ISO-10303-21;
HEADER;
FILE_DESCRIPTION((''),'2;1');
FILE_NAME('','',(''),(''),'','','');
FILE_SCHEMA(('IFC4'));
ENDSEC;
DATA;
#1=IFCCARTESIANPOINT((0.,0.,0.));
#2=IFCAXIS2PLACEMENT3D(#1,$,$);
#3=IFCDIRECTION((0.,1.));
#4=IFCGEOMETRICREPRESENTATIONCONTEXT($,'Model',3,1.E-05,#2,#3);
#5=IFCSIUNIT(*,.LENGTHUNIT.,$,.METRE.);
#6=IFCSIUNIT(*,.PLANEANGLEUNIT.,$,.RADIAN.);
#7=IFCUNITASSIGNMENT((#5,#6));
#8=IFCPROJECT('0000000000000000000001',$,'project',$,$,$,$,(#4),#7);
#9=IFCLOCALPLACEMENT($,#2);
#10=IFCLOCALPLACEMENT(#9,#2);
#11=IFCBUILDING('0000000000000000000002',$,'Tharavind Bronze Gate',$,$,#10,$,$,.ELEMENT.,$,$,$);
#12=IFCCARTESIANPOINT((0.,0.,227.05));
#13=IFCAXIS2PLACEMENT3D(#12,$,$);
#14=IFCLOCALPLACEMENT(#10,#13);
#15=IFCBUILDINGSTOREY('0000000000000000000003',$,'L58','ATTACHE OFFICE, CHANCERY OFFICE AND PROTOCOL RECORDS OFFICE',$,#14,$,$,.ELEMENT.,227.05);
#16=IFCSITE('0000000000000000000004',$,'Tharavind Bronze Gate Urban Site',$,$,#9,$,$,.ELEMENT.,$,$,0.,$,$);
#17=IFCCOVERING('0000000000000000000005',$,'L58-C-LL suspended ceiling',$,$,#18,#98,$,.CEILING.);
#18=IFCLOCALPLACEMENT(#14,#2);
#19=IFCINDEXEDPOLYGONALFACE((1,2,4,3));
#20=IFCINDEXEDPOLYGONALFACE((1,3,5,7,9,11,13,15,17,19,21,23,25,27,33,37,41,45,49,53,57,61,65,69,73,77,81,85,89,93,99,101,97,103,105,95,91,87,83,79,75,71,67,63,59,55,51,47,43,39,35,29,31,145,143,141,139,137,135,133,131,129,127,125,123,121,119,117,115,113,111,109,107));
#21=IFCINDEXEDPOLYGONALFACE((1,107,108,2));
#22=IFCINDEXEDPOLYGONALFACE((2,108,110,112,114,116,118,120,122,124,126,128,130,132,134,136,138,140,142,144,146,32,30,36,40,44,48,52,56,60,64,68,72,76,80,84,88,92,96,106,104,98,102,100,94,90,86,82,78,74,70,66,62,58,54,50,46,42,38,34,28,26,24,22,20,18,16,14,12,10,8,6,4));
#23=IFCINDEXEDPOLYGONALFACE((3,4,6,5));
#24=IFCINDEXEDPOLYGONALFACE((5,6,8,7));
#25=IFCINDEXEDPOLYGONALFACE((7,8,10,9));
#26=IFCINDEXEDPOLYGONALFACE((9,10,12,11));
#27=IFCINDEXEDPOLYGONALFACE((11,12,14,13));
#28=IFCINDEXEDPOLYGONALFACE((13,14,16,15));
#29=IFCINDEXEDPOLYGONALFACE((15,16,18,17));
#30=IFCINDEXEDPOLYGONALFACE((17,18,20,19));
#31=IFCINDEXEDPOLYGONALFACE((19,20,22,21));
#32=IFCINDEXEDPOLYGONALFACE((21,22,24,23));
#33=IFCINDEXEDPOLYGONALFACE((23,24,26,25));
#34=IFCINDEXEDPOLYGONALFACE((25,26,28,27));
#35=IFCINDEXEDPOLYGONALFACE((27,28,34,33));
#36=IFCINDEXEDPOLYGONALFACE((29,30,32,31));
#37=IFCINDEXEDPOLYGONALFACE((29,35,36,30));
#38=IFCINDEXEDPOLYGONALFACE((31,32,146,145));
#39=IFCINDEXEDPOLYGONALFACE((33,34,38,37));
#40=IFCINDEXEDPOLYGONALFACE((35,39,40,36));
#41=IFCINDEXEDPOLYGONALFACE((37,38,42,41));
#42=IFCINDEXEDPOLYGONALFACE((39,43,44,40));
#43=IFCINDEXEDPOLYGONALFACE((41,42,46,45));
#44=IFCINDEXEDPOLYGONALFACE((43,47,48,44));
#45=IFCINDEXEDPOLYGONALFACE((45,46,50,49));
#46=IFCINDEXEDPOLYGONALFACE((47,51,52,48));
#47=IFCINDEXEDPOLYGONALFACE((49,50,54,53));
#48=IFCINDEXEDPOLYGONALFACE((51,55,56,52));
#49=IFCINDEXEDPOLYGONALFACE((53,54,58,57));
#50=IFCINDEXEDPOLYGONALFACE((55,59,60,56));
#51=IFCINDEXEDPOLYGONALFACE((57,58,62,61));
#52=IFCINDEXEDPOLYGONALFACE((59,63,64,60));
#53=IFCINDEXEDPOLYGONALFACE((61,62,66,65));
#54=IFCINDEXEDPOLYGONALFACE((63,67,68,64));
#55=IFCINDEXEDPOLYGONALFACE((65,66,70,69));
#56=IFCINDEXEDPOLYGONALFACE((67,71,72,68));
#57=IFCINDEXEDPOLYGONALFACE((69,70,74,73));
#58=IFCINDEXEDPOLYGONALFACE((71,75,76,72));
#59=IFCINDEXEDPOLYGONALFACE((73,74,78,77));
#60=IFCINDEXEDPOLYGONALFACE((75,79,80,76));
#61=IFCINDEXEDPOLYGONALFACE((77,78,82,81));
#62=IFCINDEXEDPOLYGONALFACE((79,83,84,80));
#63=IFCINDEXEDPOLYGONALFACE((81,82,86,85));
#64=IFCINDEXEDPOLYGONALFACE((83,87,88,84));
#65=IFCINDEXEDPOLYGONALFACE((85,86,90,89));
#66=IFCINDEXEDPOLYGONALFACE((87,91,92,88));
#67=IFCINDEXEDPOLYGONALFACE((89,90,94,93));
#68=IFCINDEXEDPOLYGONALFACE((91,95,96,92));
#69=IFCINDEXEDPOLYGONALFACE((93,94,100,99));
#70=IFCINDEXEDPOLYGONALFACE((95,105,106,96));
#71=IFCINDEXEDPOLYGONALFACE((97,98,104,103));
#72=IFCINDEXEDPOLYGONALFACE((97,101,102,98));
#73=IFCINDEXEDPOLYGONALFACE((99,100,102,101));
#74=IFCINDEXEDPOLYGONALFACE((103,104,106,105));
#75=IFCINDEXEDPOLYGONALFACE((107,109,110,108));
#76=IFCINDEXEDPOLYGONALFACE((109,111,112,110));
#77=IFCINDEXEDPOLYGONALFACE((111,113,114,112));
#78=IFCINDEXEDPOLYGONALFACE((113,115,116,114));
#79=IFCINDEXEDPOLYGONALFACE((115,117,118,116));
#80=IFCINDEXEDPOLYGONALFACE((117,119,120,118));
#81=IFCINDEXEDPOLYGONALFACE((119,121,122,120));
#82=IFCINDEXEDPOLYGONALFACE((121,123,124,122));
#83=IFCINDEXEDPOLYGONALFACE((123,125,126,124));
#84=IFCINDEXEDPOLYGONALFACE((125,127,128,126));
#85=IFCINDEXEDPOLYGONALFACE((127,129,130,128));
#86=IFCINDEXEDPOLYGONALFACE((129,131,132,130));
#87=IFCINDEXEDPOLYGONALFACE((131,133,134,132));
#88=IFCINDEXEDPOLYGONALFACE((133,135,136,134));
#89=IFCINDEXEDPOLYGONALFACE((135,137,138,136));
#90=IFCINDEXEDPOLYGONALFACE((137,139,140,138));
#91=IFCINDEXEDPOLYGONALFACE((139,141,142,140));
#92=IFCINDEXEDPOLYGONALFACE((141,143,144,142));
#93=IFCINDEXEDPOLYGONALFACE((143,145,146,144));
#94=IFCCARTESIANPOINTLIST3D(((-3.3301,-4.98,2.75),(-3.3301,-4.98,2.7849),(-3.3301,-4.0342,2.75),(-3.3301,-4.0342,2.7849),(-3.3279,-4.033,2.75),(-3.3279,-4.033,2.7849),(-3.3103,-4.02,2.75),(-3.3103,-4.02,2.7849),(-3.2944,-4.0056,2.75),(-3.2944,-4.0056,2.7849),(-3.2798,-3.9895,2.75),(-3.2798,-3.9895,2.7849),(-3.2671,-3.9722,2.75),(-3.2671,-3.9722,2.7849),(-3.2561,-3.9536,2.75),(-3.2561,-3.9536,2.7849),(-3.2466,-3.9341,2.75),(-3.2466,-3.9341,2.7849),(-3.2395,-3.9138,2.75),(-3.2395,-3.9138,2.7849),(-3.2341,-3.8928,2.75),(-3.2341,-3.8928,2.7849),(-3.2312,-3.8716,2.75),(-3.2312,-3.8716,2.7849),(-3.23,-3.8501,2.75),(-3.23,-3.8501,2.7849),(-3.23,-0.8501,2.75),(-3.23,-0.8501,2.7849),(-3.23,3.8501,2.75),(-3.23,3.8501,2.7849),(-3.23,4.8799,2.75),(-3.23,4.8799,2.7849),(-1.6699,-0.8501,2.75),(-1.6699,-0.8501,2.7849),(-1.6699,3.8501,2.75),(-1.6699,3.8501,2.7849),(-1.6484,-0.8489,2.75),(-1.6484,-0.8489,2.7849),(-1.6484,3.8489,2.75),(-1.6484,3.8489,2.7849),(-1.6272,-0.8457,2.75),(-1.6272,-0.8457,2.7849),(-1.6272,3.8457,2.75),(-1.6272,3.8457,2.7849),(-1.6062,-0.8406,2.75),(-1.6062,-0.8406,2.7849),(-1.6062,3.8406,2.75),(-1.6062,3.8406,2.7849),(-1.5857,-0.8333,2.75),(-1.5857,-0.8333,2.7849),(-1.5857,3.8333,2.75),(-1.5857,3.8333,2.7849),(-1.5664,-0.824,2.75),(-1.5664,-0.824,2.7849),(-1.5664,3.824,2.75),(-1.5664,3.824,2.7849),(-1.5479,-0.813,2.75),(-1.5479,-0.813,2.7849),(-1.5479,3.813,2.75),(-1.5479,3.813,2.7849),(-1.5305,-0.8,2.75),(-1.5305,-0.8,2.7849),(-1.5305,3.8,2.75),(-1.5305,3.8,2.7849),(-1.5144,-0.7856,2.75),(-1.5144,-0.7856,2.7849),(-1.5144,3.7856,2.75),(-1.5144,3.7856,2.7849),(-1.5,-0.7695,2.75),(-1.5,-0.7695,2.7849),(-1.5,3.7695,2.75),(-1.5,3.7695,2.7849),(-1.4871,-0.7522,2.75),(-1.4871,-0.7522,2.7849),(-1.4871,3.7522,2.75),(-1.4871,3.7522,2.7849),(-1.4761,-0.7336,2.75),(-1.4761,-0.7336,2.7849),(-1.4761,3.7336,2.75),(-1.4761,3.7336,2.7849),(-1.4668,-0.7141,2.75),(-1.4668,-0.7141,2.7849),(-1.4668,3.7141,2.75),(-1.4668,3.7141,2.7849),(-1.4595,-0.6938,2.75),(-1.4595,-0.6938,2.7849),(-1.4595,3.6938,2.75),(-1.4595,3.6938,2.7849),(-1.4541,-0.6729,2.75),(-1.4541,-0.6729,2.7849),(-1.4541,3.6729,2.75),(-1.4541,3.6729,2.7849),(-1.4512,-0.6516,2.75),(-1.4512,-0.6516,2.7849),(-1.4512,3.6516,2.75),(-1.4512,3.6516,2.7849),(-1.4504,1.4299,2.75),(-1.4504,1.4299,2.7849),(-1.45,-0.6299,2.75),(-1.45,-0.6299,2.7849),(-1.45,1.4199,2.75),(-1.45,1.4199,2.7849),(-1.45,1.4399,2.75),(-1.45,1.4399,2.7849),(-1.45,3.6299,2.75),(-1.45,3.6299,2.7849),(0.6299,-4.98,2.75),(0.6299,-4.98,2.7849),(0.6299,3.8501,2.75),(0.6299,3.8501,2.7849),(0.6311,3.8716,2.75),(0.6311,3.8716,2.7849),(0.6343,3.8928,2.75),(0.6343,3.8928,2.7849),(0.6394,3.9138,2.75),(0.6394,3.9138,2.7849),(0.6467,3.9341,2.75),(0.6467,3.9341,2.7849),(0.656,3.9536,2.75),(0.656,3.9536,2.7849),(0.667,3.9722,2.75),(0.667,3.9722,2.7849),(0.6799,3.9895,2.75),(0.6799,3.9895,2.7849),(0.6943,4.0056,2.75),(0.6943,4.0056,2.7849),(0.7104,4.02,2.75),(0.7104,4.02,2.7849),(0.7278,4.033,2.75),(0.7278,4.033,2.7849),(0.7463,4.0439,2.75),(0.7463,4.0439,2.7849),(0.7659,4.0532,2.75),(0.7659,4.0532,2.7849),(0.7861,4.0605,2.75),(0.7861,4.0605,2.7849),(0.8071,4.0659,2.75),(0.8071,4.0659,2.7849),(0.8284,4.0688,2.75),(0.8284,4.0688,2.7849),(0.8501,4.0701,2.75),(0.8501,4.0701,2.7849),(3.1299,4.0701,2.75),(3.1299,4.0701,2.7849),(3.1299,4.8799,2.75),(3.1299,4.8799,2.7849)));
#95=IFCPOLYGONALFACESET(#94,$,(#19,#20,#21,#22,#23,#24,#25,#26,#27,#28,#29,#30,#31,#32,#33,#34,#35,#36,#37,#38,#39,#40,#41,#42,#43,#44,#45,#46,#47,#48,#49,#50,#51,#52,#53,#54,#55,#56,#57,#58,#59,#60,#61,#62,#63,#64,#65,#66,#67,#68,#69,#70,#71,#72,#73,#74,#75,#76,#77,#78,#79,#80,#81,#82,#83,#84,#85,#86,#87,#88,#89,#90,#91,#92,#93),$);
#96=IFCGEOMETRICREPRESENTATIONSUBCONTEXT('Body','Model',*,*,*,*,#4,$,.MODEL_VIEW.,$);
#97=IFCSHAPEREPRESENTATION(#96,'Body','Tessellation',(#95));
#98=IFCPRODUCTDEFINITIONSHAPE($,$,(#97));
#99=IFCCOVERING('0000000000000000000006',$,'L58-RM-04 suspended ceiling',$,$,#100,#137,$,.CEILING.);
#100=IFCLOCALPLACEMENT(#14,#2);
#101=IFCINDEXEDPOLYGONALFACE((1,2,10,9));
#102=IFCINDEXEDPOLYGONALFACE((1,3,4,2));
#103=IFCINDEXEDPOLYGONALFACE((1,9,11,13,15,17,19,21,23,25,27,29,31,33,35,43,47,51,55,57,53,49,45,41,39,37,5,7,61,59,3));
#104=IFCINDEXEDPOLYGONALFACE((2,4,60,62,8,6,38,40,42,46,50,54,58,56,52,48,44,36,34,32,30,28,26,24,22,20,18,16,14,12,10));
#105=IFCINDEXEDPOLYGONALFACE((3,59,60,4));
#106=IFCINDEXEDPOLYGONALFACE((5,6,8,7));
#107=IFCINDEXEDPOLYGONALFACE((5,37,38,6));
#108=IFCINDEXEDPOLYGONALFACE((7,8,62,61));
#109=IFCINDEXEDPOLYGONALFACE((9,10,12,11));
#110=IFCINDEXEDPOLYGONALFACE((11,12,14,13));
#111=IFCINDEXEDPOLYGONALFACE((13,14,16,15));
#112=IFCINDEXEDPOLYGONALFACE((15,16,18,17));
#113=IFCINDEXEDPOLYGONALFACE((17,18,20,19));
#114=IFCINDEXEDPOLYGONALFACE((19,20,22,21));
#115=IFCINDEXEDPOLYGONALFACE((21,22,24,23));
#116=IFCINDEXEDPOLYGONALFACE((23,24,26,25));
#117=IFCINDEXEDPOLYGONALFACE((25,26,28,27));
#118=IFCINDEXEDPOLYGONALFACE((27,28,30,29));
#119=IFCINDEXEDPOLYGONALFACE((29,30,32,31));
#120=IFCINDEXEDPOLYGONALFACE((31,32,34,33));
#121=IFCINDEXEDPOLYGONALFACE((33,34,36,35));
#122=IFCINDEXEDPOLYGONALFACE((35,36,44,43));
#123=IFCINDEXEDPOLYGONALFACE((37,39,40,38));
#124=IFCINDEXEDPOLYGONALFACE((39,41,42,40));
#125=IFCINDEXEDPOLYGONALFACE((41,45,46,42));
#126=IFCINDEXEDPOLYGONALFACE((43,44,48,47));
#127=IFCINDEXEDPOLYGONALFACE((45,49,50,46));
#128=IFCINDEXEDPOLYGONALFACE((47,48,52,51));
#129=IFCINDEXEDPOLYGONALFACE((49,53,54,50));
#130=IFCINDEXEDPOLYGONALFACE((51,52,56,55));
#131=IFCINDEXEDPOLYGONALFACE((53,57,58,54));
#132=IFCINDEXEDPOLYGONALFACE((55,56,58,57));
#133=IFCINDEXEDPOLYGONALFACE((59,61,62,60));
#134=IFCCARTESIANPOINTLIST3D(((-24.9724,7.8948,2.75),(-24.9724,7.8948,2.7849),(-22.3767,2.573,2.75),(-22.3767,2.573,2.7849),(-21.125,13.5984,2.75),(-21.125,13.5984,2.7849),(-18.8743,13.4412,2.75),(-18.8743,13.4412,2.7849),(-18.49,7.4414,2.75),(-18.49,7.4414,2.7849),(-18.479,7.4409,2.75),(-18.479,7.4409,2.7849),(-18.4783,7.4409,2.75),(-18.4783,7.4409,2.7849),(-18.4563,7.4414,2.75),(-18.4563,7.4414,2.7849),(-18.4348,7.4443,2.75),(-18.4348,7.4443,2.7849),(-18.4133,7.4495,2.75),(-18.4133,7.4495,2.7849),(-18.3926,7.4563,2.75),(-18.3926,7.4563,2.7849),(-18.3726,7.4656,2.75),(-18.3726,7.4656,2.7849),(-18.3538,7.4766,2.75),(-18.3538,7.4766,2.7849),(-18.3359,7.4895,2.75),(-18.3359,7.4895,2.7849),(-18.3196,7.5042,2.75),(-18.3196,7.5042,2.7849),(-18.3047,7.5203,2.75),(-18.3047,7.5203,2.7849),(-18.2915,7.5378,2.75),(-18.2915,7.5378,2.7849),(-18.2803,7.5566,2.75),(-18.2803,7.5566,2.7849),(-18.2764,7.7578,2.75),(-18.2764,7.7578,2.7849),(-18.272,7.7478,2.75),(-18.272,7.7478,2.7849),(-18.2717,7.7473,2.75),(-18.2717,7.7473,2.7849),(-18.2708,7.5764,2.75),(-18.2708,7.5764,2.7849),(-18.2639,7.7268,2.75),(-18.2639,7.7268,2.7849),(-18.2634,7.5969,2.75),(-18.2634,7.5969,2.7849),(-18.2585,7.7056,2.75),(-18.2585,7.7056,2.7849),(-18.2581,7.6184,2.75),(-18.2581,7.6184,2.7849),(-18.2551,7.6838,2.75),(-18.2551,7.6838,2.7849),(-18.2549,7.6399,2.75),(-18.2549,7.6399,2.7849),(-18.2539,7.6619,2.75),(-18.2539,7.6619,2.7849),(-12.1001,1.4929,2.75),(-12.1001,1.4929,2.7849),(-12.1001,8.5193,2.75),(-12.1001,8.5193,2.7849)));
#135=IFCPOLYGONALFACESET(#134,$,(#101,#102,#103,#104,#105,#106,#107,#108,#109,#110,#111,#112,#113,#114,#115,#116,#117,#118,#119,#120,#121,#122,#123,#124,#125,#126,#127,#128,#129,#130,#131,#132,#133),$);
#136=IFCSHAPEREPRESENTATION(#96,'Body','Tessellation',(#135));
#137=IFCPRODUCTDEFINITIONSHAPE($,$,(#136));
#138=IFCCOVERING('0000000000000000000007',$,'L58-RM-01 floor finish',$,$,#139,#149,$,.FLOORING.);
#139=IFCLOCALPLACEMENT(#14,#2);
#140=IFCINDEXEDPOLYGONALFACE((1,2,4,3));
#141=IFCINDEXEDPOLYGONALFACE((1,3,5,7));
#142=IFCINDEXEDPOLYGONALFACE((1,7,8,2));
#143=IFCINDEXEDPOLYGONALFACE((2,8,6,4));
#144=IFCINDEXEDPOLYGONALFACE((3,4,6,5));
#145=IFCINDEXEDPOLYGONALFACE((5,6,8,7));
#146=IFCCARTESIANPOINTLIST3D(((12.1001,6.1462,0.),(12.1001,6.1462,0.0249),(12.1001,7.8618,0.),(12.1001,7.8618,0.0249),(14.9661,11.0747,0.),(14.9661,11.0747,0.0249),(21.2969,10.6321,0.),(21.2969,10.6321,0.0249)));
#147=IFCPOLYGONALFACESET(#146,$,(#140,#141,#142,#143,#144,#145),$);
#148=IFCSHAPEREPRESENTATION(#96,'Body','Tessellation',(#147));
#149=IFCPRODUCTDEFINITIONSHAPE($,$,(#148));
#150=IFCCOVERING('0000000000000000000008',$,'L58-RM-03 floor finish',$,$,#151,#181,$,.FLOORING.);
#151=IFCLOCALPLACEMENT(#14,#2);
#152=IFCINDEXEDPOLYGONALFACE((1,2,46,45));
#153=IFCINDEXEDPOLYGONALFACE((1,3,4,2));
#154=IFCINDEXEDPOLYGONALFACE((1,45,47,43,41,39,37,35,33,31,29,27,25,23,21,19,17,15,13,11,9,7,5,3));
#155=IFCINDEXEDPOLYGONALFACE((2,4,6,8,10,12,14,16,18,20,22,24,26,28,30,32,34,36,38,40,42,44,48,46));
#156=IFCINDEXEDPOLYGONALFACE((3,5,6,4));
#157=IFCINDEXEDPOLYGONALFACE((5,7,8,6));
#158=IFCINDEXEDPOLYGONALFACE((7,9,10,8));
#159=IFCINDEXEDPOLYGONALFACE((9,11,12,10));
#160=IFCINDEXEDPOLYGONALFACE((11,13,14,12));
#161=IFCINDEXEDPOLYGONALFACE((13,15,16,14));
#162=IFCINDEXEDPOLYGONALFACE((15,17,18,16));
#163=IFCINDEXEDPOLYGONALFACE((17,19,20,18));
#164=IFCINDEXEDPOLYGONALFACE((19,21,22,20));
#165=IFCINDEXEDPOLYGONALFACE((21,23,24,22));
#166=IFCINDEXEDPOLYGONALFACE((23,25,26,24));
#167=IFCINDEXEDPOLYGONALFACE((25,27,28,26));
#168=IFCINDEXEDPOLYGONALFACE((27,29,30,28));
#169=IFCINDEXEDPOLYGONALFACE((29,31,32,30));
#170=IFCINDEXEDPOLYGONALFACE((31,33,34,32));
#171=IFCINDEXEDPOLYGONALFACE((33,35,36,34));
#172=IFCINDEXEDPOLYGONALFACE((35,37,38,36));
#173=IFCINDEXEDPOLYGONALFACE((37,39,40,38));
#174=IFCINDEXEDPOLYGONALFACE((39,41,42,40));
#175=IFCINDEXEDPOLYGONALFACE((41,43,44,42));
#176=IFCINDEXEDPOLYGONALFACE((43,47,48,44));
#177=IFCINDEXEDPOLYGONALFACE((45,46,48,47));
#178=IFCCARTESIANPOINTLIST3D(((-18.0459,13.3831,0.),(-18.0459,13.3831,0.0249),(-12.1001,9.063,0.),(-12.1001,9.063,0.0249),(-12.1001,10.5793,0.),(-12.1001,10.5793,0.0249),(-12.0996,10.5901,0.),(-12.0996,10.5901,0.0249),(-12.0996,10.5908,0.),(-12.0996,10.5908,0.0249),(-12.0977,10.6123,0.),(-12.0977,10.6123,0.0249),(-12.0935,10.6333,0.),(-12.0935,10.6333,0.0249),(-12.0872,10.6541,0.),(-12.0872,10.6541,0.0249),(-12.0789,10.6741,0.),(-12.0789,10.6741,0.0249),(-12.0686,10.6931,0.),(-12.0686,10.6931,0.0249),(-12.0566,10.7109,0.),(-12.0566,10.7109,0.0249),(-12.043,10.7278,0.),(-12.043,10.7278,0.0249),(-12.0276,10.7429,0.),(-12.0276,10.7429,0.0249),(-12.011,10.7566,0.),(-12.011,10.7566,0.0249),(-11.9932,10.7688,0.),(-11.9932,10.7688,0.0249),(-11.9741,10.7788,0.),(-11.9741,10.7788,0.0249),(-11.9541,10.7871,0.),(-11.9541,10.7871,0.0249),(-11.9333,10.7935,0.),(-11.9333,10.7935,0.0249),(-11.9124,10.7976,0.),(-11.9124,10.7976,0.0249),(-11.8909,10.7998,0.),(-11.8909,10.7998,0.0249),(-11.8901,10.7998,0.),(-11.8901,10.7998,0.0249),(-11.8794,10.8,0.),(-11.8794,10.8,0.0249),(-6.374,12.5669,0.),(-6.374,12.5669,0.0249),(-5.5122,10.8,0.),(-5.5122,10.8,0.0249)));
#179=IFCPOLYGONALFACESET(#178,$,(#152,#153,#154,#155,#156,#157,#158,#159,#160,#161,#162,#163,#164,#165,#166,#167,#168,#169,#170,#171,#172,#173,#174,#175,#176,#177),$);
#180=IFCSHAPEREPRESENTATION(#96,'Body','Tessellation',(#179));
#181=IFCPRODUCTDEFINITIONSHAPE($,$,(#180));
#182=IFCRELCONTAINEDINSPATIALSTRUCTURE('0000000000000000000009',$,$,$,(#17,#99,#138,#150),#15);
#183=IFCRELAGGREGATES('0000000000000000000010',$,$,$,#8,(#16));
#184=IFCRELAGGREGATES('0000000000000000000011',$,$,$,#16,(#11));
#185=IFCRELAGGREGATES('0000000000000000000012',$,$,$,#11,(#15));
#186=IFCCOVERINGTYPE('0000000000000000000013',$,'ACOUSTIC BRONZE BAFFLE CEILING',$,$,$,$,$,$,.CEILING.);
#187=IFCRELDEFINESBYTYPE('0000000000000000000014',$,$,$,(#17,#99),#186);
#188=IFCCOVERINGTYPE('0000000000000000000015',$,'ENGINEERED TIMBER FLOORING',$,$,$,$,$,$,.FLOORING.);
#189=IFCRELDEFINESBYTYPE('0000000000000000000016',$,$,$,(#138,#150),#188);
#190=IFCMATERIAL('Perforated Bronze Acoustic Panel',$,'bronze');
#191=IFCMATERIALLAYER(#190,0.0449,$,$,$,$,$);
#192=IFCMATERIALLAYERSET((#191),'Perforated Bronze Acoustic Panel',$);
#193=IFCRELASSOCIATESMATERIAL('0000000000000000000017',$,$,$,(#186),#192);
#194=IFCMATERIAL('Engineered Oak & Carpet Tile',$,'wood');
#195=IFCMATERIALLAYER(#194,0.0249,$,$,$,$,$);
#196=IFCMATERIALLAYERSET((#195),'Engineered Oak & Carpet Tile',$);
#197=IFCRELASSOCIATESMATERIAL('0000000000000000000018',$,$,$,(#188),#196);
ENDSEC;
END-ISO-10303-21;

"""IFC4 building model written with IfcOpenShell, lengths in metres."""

from ifc_helpers import new_model, si_unit, direction, frame, origin, place, context, subcontext, project, spatial, polyline, outline, extrude, material, layer, layer_set, type_object, element, save


model = new_model("IFC4")

# Units and contexts
model_context = context("Model", 3, precision=1e-05, world=origin(), true_north=direction((0.0, 1.0)))
body_context = subcontext(model_context, "Body", "Model", "MODEL_VIEW")
ifc_project = project(units=[si_unit("LENGTHUNIT", "METRE"), si_unit("PLANEANGLEUNIT", "RADIAN")], contexts=[model_context])

# Site, building, storey
site_placement = place(None, origin())
site = spatial("IfcSite", under=ifc_project, at=site_placement, Name="Tharavind Bronze Gate Urban Site", CompositionType="ELEMENT", RefElevation=0.0)
building_placement = place(site_placement, origin())
building = spatial("IfcBuilding", under=site, at=building_placement, Name="Tharavind Bronze Gate", CompositionType="ELEMENT")
storey_placement = place(building_placement, frame((0.0, 0.0, 227.05)))
storey = spatial("IfcBuildingStorey", under=building, at=storey_placement, Name="L58", Description="ATTACHE OFFICE, CHANCERY OFFICE AND PROTOCOL RECORDS OFFICE", CompositionType="ELEMENT", Elevation=227.05)

# Coverings
ifc_material_1 = material(Name="Perforated Bronze Acoustic Panel", Category="bronze")
ifc_layer_1 = layer(ifc_material_1, 0.0449)
ifc_layer_set_1 = layer_set([ifc_layer_1], Name="Perforated Bronze Acoustic Panel")
covering_type_1 = type_object("IfcCoveringType", Name="ACOUSTIC BRONZE BAFFLE CEILING", PredefinedType="CEILING", material=ifc_layer_set_1)
covering_1_placement = place(storey_placement, frame((0.0, 0.0, 2.75)))
element("IfcCovering", 1, at=covering_1_placement, inside=storey, type_object=covering_type_1, Name="L58-C-LL suspended ceiling", PredefinedType="CEILING", context=body_context, shape_type="SweptSolid", body=[
    extrude(outline(polyline([(-3.3301, -4.98), (0.6299, -4.98), (0.6299, 3.8501), (0.6311, 3.8716), (0.6343, 3.8928), (0.6394, 3.9138), (0.6467, 3.9341), (0.656, 3.9536), (0.667, 3.9722), (0.6799, 3.9895), (0.6943, 4.0056), (0.7104, 4.02), (0.7278, 4.033), (0.7463, 4.0439), (0.7659, 4.0532), (0.7861, 4.0605), (0.8071, 4.0659), (0.8284, 4.0688), (0.8501, 4.0701), (3.1299, 4.0701), (3.1299, 4.8799), (-3.23, 4.8799), (-3.23, 3.8501), (-1.6699, 3.8501), (-1.6484, 3.8489), (-1.6272, 3.8457), (-1.6062, 3.8406), (-1.5857, 3.8333), (-1.5664, 3.824), (-1.5479, 3.813), (-1.5305, 3.8), (-1.5144, 3.7856), (-1.5, 3.7695), (-1.4871, 3.7522), (-1.4761, 3.7336), (-1.4668, 3.7141), (-1.4595, 3.6938), (-1.4541, 3.6729), (-1.4512, 3.6516), (-1.45, 3.6299), (-1.45, 1.4399), (-1.4504, 1.4299), (-1.45, 1.4199), (-1.45, -0.6299), (-1.4512, -0.6516), (-1.4541, -0.6729), (-1.4595, -0.6938), (-1.4668, -0.7141), (-1.4761, -0.7336), (-1.4871, -0.7522), (-1.5, -0.7695), (-1.5144, -0.7856), (-1.5305, -0.8), (-1.5479, -0.813), (-1.5664, -0.824), (-1.5857, -0.8333), (-1.6062, -0.8406), (-1.6272, -0.8457), (-1.6484, -0.8489), (-1.6699, -0.8501), (-3.23, -0.8501), (-3.23, -3.8501), (-3.2312, -3.8716), (-3.2341, -3.8928), (-3.2395, -3.9138), (-3.2466, -3.9341), (-3.2561, -3.9536), (-3.2671, -3.9722), (-3.2798, -3.9895), (-3.2944, -4.0056), (-3.3103, -4.02), (-3.3279, -4.033), (-3.3301, -4.0342), (-3.3301, -4.98)])), origin(), (0.0, 0.0, 1.0), 0.0349),
])
covering_2_placement = place(storey_placement, frame((0.0, 0.0, 2.75)))
element("IfcCovering", 2, at=covering_2_placement, inside=storey, type_object=covering_type_1, Name="L58-RM-04 suspended ceiling", PredefinedType="CEILING", context=body_context, shape_type="SweptSolid", body=[
    extrude(outline(polyline([(-22.3767, 2.573), (-12.1001, 1.4929), (-12.1001, 8.5193), (-18.8743, 13.4412), (-21.125, 13.5984), (-18.2764, 7.7578), (-18.272, 7.7478), (-18.2717, 7.7473), (-18.2639, 7.7268), (-18.2585, 7.7056), (-18.2551, 7.6838), (-18.2539, 7.6619), (-18.2549, 7.6399), (-18.2581, 7.6184), (-18.2634, 7.5969), (-18.2708, 7.5764), (-18.2803, 7.5566), (-18.2915, 7.5378), (-18.3047, 7.5203), (-18.3196, 7.5042), (-18.3359, 7.4895), (-18.3538, 7.4766), (-18.3726, 7.4656), (-18.3926, 7.4563), (-18.4133, 7.4495), (-18.4348, 7.4443), (-18.4563, 7.4414), (-18.4783, 7.4409), (-18.479, 7.4409), (-18.49, 7.4414), (-24.9724, 7.8948), (-22.3767, 2.573)])), origin(), (0.0, 0.0, 1.0), 0.0349),
])
ifc_material_2 = material(Name="Engineered Oak & Carpet Tile", Category="wood")
ifc_layer_2 = layer(ifc_material_2, 0.0249)
ifc_layer_set_2 = layer_set([ifc_layer_2], Name="Engineered Oak & Carpet Tile")
covering_type_2 = type_object("IfcCoveringType", Name="ENGINEERED TIMBER FLOORING", PredefinedType="FLOORING", material=ifc_layer_set_2)
covering_3_placement = place(storey_placement, origin())
element("IfcCovering", 3, at=covering_3_placement, inside=storey, type_object=covering_type_2, Name="L58-RM-01 floor finish", PredefinedType="FLOORING", context=body_context, shape_type="SweptSolid", body=[
    extrude(outline(polyline([(21.2969, 10.6321), (14.9661, 11.0747), (12.1001, 7.8618), (12.1001, 6.1462), (21.2969, 10.6321)])), origin(), (0.0, 0.0, 1.0), 0.0249),
])
covering_4_placement = place(storey_placement, origin())
element("IfcCovering", 4, at=covering_4_placement, inside=storey, type_object=covering_type_2, Name="L58-RM-03 floor finish", PredefinedType="FLOORING", context=body_context, shape_type="SweptSolid", body=[
    extrude(outline(polyline([(-12.1001, 9.063), (-12.1001, 10.5793), (-12.0996, 10.5901), (-12.0996, 10.5908), (-12.0977, 10.6123), (-12.0935, 10.6333), (-12.0872, 10.6541), (-12.0789, 10.6741), (-12.0686, 10.6931), (-12.0566, 10.7109), (-12.043, 10.7278), (-12.0276, 10.7429), (-12.011, 10.7566), (-11.9932, 10.7688), (-11.9741, 10.7788), (-11.9541, 10.7871), (-11.9333, 10.7935), (-11.9124, 10.7976), (-11.8909, 10.7998), (-11.8901, 10.7998), (-11.8794, 10.8), (-5.5122, 10.8), (-6.374, 12.5669), (-18.0459, 13.3831), (-12.1001, 9.063)])), origin(), (0.0, 0.0, 1.0), 0.0249),
])

save(model, "model.ifc")
